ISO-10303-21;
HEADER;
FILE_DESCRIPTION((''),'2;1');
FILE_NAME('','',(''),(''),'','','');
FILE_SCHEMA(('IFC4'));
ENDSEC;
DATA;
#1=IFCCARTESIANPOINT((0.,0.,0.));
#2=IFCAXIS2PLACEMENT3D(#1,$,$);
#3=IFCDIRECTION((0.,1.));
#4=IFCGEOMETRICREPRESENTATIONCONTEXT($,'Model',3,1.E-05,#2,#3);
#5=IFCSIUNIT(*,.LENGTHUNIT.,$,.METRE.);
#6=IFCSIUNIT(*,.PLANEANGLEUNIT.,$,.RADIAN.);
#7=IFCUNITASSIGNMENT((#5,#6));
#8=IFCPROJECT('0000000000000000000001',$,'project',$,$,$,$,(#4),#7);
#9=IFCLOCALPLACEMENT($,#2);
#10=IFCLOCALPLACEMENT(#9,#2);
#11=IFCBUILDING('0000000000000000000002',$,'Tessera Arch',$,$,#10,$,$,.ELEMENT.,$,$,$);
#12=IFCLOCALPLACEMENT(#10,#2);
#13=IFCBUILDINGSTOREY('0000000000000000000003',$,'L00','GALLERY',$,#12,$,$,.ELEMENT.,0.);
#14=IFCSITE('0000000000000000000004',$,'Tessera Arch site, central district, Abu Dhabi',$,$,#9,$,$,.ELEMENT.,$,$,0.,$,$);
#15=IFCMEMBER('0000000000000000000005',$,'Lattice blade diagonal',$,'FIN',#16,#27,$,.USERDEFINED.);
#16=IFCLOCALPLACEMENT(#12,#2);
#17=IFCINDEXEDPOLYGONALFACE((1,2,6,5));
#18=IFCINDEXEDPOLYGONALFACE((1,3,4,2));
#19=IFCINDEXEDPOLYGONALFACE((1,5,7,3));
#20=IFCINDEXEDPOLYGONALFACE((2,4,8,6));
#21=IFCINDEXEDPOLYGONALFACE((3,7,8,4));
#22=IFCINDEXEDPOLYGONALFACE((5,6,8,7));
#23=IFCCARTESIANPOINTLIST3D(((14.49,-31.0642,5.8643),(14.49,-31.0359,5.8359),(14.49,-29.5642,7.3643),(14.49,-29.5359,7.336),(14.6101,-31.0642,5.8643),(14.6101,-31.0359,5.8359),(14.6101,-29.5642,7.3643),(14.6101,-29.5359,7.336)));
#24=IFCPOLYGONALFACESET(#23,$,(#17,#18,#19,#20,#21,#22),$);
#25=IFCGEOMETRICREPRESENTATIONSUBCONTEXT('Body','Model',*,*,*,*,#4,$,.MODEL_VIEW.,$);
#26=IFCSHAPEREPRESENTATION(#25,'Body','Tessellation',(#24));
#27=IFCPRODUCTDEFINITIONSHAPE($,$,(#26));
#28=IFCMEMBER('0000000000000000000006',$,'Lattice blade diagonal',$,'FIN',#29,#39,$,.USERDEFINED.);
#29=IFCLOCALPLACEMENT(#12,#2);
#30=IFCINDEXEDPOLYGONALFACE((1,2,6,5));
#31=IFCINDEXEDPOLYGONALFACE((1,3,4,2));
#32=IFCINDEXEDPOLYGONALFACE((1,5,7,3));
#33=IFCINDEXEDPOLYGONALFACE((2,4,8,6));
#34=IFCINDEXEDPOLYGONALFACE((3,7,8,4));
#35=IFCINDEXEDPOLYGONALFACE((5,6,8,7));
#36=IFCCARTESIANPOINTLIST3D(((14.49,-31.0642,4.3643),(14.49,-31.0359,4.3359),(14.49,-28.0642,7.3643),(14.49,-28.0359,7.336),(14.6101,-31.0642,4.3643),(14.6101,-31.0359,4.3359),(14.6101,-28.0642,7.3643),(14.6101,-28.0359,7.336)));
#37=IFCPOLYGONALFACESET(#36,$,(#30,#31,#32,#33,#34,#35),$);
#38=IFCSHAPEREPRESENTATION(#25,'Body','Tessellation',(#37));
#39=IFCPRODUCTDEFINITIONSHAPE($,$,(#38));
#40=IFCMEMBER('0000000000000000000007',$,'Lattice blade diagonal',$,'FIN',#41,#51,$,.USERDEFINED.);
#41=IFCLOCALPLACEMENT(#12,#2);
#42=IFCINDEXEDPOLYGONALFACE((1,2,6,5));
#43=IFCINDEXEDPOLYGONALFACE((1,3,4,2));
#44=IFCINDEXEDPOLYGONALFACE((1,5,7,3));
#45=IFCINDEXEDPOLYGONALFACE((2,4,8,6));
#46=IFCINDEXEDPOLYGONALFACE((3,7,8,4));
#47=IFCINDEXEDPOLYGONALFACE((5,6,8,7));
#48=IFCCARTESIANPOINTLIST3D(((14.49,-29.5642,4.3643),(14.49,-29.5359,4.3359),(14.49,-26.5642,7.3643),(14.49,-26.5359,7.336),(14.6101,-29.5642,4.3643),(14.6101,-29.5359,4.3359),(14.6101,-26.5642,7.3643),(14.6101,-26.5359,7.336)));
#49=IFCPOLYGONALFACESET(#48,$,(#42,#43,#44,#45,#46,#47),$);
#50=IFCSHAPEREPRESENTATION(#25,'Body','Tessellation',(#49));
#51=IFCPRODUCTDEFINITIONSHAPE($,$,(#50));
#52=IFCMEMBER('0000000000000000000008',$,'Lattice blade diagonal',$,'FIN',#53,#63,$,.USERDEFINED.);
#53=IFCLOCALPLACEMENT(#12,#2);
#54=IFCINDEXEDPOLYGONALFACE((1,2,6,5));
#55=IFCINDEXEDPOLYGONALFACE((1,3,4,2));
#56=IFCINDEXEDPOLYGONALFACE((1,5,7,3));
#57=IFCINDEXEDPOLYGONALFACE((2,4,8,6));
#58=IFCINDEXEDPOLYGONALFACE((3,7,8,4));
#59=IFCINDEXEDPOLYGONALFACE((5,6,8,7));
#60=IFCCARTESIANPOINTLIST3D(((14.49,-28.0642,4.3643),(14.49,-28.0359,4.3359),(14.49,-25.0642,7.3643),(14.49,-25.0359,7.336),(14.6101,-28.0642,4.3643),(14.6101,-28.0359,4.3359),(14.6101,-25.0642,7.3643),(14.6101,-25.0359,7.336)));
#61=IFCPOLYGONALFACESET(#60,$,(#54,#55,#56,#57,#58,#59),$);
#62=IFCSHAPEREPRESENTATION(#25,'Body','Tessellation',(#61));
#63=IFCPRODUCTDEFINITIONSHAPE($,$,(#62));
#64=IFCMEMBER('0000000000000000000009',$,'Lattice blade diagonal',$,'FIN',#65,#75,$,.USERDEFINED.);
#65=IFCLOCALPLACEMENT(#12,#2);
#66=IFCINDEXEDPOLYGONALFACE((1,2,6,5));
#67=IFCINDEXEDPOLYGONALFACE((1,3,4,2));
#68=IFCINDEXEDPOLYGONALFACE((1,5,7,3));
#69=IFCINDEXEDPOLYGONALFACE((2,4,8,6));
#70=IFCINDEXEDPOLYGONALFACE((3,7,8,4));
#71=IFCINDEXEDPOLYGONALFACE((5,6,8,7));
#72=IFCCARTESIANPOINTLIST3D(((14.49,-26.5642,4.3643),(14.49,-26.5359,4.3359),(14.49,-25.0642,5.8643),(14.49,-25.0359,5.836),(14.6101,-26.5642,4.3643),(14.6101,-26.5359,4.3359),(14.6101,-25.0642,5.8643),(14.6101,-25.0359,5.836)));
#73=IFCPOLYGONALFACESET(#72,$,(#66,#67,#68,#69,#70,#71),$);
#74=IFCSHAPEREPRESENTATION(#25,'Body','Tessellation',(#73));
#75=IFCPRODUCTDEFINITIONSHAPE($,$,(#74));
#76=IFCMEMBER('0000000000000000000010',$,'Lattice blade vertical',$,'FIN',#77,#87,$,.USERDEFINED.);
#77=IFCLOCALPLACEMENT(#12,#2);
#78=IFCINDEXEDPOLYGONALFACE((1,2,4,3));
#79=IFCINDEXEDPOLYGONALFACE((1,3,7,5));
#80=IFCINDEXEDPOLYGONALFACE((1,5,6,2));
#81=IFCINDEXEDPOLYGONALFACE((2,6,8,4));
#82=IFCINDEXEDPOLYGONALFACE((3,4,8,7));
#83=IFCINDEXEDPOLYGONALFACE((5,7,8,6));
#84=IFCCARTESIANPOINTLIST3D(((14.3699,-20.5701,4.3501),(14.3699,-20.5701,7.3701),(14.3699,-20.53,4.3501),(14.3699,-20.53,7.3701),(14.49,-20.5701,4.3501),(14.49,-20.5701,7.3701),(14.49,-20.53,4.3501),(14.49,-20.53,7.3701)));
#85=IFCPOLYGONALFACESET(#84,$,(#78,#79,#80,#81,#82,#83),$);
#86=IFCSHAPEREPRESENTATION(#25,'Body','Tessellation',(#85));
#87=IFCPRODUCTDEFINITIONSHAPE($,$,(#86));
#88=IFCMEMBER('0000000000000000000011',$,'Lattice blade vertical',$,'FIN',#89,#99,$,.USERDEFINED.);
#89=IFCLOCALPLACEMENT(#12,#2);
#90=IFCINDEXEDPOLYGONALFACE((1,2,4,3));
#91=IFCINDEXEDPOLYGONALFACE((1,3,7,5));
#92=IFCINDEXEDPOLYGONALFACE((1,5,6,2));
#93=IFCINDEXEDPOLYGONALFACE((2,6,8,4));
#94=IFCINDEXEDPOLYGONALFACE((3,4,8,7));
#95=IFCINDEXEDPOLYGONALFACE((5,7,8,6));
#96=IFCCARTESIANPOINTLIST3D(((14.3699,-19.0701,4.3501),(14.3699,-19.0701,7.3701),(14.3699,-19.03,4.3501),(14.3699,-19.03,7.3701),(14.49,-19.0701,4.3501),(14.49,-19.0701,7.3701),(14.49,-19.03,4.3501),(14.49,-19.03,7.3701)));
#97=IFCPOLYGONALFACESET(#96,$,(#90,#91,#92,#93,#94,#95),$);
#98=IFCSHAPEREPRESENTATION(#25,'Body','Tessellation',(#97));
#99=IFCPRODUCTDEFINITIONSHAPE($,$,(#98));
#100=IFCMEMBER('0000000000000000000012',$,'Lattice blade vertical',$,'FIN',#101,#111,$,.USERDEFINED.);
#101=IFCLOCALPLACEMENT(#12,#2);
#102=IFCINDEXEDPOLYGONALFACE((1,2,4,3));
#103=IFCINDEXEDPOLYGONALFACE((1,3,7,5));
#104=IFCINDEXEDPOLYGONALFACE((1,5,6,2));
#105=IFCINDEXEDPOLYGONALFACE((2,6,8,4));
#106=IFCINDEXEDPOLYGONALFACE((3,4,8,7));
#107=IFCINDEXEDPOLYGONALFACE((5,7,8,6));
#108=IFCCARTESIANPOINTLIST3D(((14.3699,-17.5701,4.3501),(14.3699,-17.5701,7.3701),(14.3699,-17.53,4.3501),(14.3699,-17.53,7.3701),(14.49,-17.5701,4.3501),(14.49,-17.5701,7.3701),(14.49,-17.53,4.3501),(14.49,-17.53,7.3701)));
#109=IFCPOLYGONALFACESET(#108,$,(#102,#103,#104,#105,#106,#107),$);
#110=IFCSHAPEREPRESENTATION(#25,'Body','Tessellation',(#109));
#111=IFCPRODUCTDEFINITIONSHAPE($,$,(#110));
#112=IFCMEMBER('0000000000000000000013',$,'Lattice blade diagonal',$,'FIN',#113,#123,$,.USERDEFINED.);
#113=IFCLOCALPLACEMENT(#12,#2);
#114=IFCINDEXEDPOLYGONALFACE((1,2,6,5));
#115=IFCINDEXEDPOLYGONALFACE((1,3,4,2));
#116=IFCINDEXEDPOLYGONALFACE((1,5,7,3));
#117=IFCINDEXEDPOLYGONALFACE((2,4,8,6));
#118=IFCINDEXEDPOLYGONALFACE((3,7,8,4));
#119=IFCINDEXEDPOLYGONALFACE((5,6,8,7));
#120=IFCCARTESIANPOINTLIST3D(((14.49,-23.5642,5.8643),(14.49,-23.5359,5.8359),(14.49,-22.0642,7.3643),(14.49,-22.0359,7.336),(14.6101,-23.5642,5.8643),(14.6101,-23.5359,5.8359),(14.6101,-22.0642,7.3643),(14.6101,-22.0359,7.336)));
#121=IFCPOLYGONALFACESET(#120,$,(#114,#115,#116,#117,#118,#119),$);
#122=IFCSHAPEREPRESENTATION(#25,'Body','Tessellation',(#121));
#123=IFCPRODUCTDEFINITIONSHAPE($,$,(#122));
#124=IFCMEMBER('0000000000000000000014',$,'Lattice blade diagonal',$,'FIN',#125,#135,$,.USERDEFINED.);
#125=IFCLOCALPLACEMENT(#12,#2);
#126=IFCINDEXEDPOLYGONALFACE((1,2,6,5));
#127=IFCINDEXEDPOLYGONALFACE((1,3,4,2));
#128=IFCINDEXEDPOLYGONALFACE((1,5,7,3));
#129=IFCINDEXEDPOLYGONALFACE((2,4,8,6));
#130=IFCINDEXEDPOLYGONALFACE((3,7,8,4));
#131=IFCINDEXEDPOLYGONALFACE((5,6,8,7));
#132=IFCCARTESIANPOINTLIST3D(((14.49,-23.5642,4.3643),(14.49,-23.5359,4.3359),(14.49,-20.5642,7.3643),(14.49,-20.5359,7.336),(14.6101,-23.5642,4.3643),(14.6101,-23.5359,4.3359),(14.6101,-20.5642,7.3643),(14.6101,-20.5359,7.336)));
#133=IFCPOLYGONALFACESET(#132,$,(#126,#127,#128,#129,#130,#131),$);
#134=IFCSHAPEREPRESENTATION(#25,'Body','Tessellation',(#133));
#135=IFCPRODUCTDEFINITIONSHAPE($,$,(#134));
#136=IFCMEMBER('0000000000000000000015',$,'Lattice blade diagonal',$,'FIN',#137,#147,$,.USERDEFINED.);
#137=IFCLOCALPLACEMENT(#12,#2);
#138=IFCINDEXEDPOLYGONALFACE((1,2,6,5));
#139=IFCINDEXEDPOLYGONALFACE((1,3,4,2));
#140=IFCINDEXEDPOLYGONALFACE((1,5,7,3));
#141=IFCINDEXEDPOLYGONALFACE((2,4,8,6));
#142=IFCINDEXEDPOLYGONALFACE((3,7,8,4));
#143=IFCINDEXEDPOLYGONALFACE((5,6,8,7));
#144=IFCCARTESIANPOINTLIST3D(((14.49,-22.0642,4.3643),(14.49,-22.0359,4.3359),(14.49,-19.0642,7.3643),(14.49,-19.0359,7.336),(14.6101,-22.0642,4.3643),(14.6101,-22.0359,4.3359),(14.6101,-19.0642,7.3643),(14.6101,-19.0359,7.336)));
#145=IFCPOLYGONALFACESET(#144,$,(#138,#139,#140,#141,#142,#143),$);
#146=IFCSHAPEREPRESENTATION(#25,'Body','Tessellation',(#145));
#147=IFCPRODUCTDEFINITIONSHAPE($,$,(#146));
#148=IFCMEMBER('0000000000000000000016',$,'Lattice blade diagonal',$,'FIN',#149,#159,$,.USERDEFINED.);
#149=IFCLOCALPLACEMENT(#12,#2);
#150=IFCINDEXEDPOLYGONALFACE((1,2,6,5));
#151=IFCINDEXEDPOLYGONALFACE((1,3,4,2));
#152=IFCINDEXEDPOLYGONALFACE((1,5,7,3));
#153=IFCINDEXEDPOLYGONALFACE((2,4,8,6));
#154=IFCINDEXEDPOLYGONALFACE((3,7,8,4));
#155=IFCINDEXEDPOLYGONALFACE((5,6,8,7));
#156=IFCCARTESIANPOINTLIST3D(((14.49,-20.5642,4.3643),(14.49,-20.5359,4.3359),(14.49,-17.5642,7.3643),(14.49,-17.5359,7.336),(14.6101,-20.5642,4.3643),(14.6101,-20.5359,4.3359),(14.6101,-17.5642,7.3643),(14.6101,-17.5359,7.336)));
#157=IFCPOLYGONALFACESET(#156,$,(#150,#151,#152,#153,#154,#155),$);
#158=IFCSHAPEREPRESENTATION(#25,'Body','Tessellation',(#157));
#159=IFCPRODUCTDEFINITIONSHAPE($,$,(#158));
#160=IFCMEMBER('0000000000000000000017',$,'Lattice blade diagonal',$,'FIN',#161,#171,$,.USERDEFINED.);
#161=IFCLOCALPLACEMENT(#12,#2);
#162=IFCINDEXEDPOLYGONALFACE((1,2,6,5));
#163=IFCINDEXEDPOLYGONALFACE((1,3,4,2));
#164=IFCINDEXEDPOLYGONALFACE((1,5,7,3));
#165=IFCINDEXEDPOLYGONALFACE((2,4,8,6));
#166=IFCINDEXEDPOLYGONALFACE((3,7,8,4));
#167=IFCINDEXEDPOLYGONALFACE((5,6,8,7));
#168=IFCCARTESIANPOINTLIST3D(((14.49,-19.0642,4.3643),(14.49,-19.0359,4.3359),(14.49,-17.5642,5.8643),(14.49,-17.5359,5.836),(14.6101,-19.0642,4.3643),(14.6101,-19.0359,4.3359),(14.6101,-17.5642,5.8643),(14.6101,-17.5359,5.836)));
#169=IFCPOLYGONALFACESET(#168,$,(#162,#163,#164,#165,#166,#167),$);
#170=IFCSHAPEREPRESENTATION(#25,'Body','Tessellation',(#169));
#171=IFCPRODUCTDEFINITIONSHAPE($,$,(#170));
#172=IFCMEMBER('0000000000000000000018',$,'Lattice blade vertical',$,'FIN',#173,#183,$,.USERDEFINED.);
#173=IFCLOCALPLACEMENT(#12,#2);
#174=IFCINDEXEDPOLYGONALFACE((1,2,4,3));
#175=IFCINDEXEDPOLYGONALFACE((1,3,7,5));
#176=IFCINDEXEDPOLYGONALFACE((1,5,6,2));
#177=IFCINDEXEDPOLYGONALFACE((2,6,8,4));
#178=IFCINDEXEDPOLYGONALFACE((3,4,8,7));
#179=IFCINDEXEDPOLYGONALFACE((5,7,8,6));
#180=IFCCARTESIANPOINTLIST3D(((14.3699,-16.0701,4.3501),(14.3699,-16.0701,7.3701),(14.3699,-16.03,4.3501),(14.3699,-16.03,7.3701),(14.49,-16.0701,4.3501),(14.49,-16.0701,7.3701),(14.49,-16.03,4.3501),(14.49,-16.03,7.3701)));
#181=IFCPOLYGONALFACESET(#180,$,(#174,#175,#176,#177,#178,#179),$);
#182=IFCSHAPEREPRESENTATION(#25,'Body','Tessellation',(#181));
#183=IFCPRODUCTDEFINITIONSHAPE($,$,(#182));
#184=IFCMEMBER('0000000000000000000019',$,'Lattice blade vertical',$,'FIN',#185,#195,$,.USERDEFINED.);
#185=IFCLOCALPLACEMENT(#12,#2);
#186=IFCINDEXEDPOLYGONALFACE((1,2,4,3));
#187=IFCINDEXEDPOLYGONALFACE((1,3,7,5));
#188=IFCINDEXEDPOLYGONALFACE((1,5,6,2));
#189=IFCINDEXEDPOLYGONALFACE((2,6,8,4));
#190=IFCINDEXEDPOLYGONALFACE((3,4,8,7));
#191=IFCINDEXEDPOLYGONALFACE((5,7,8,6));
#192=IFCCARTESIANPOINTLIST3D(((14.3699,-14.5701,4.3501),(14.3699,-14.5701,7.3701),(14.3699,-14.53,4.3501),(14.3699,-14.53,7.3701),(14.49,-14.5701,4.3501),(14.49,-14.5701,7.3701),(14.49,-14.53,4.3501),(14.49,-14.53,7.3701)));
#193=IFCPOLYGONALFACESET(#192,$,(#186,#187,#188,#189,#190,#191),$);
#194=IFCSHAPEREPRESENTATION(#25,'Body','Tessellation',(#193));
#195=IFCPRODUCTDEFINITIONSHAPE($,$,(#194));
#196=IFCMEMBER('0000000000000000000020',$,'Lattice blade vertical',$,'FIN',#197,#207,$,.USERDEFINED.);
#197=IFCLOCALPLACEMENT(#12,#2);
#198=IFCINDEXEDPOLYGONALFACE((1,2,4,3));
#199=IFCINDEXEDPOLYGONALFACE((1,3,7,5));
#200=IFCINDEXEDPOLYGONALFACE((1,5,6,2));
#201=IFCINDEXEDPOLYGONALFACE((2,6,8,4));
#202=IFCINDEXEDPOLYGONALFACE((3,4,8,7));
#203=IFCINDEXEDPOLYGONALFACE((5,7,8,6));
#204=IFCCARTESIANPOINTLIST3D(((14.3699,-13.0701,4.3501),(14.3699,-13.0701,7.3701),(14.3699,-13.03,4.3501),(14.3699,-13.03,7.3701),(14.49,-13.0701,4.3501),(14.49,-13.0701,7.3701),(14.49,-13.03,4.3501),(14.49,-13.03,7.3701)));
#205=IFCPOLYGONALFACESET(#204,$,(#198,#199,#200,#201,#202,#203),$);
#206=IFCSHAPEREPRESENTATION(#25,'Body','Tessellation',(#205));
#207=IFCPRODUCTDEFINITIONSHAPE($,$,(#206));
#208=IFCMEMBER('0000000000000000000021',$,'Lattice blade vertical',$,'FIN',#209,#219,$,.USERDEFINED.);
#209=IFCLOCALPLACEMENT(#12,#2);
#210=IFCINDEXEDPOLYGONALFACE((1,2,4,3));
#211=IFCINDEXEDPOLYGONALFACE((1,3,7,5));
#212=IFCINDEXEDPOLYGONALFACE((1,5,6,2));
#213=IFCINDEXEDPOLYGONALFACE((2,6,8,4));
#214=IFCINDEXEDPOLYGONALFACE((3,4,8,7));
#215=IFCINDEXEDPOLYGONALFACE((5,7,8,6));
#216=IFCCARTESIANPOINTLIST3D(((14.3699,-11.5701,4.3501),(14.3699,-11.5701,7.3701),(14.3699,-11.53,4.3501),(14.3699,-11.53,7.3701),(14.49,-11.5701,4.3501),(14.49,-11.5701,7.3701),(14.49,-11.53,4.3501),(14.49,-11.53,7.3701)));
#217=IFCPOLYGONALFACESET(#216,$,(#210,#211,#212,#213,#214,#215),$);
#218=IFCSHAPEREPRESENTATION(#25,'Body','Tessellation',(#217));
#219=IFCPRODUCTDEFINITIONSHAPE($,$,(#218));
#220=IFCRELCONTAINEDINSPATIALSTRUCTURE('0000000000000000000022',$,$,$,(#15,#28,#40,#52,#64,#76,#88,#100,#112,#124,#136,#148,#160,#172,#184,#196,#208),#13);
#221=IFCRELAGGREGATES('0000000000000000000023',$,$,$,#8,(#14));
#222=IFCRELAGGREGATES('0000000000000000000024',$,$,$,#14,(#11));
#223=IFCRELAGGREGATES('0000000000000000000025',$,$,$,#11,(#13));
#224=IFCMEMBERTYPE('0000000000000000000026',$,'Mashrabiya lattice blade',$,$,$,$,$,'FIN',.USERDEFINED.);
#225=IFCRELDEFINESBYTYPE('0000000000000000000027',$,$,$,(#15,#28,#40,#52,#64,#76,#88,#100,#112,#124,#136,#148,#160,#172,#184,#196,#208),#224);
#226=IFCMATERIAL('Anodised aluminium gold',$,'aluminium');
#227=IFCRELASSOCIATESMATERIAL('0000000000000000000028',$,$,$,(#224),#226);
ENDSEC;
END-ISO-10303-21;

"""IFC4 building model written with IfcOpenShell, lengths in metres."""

from ifc_helpers import new_model, si_unit, direction, frame, origin, origin_2d, place, context, subcontext, project, spatial, rectangle, extrude, material, material_profile, profile_set, type_object, element, save


model = new_model("IFC4")

# Units and contexts
model_context = context("Model", 3, precision=1e-05, world=origin(), true_north=direction((0.0, 1.0)))
body_context = subcontext(model_context, "Body", "Model", "MODEL_VIEW")
ifc_project = project(units=[si_unit("LENGTHUNIT", "METRE"), si_unit("PLANEANGLEUNIT", "RADIAN")], contexts=[model_context])

# Site, building, storey
site_placement = place(None, origin())
site = spatial("IfcSite", under=ifc_project, at=site_placement, Name="Tessera Arch site, central district, Abu Dhabi", CompositionType="ELEMENT", RefElevation=0.0)
building_placement = place(site_placement, origin())
building = spatial("IfcBuilding", under=site, at=building_placement, Name="Tessera Arch", CompositionType="ELEMENT")
storey_placement = place(building_placement, origin())
storey = spatial("IfcBuildingStorey", under=building, at=storey_placement, Name="L00", Description="GALLERY", CompositionType="ELEMENT", Elevation=0.0)

# Members
ifc_material = material(Name="Anodised aluminium gold", Category="aluminium")
ifc_material_profile = material_profile(ifc_material, rectangle(XDim=0.1201, YDim=0.04, at=origin_2d()), Name="AL 40x120")
ifc_profile_set = profile_set([ifc_material_profile], Name="Anodised aluminium gold")
member_type = type_object("IfcMemberType", Name="Mashrabiya lattice blade", ElementType="FIN", PredefinedType="USERDEFINED", material=ifc_profile_set)
member_1_placement = place(storey_placement, frame((14.55, -31.05, 5.8501), z_axis=(0.0, 0.707107, 0.707107), x_axis=(-1.0, 0.0, 0.0)))
element("IfcMember", 1, at=member_1_placement, inside=storey, type_object=member_type, Name="Lattice blade diagonal", ObjectType="FIN", PredefinedType="USERDEFINED", context=body_context, shape_type="SweptSolid", body=[
    extrude(rectangle(XDim=0.1201, YDim=0.04, at=origin_2d()), origin(), (0.0, 0.0, 1.0), 2.1213),
])
for number, where, z_axis, x_axis, name in (
    (2, (14.55, -31.05, 4.3501), (0.0, 0.707107, 0.707107), (-1.0, 0.0, 0.0), "Lattice blade diagonal"),
    (3, (14.55, -29.55, 4.3501), (0.0, 0.707107, 0.707107), (-1.0, 0.0, 0.0), "Lattice blade diagonal"),
    (4, (14.55, -28.05, 4.3501), (0.0, 0.707107, 0.707107), (-1.0, 0.0, 0.0), "Lattice blade diagonal"),
):
    element("IfcMember", number, at=place(storey_placement, frame(where, z_axis=z_axis, x_axis=x_axis)), inside=storey, type_object=member_type, Name=name, ObjectType="FIN", PredefinedType="USERDEFINED", context=body_context, shape_type="SweptSolid", body=[
        extrude(rectangle(XDim=0.1201, YDim=0.04, at=origin_2d()), origin(), (0.0, 0.0, 1.0), 4.2427),
    ])
member_2_placement = place(storey_placement, frame((14.55, -26.55, 4.3501), z_axis=(0.0, 0.707107, 0.707107), x_axis=(-1.0, 0.0, 0.0)))
element("IfcMember", 5, at=member_2_placement, inside=storey, type_object=member_type, Name="Lattice blade diagonal", ObjectType="FIN", PredefinedType="USERDEFINED", context=body_context, shape_type="SweptSolid", body=[
    extrude(rectangle(XDim=0.1201, YDim=0.04, at=origin_2d()), origin(), (0.0, 0.0, 1.0), 2.1213),
])
for number, where, z_axis, x_axis, name in (
    (6, (14.4299, -20.55, 4.3501), (0.0, 0.0, 1.0), (1.0, 0.0, 0.0), "Lattice blade vertical"),
    (7, (14.4299, -19.05, 4.3501), (0.0, 0.0, 1.0), (1.0, 0.0, 0.0), "Lattice blade vertical"),
    (8, (14.4299, -17.55, 4.3501), (0.0, 0.0, 1.0), (1.0, 0.0, 0.0), "Lattice blade vertical"),
):
    element("IfcMember", number, at=place(storey_placement, frame(where, z_axis=z_axis, x_axis=x_axis)), inside=storey, type_object=member_type, Name=name, ObjectType="FIN", PredefinedType="USERDEFINED", context=body_context, shape_type="SweptSolid", body=[
        extrude(rectangle(XDim=0.1201, YDim=0.04, at=origin_2d()), origin(), (0.0, 0.0, 1.0), 3.02),
    ])
member_3_placement = place(storey_placement, frame((14.55, -23.55, 5.8501), z_axis=(0.0, 0.707107, 0.707107), x_axis=(-1.0, 0.0, 0.0)))
element("IfcMember", 9, at=member_3_placement, inside=storey, type_object=member_type, Name="Lattice blade diagonal", ObjectType="FIN", PredefinedType="USERDEFINED", context=body_context, shape_type="SweptSolid", body=[
    extrude(rectangle(XDim=0.1201, YDim=0.04, at=origin_2d()), origin(), (0.0, 0.0, 1.0), 2.1213),
])
for number, where, z_axis, x_axis, name in (
    (10, (14.55, -23.55, 4.3501), (0.0, 0.707107, 0.707107), (-1.0, 0.0, 0.0), "Lattice blade diagonal"),
    (11, (14.55, -22.05, 4.3501), (0.0, 0.707107, 0.707107), (-1.0, 0.0, 0.0), "Lattice blade diagonal"),
    (12, (14.55, -20.55, 4.3501), (0.0, 0.707107, 0.707107), (-1.0, 0.0, 0.0), "Lattice blade diagonal"),
):
    element("IfcMember", number, at=place(storey_placement, frame(where, z_axis=z_axis, x_axis=x_axis)), inside=storey, type_object=member_type, Name=name, ObjectType="FIN", PredefinedType="USERDEFINED", context=body_context, shape_type="SweptSolid", body=[
        extrude(rectangle(XDim=0.1201, YDim=0.04, at=origin_2d()), origin(), (0.0, 0.0, 1.0), 4.2427),
    ])
member_4_placement = place(storey_placement, frame((14.55, -19.05, 4.3501), z_axis=(0.0, 0.707107, 0.707107), x_axis=(-1.0, 0.0, 0.0)))
element("IfcMember", 13, at=member_4_placement, inside=storey, type_object=member_type, Name="Lattice blade diagonal", ObjectType="FIN", PredefinedType="USERDEFINED", context=body_context, shape_type="SweptSolid", body=[
    extrude(rectangle(XDim=0.1201, YDim=0.04, at=origin_2d()), origin(), (0.0, 0.0, 1.0), 2.1213),
])
for number, where, z_axis, x_axis, name in (
    (14, (14.4299, -16.05, 4.3501), (0.0, 0.0, 1.0), (1.0, 0.0, 0.0), "Lattice blade vertical"),
    (15, (14.4299, -14.55, 4.3501), (0.0, 0.0, 1.0), (1.0, 0.0, 0.0), "Lattice blade vertical"),
    (16, (14.4299, -13.05, 4.3501), (0.0, 0.0, 1.0), (1.0, 0.0, 0.0), "Lattice blade vertical"),
    (17, (14.4299, -11.55, 4.3501), (0.0, 0.0, 1.0), (1.0, 0.0, 0.0), "Lattice blade vertical"),
):
    element("IfcMember", number, at=place(storey_placement, frame(where, z_axis=z_axis, x_axis=x_axis)), inside=storey, type_object=member_type, Name=name, ObjectType="FIN", PredefinedType="USERDEFINED", context=body_context, shape_type="SweptSolid", body=[
        extrude(rectangle(XDim=0.1201, YDim=0.04, at=origin_2d()), origin(), (0.0, 0.0, 1.0), 3.02),
    ])

save(model, "model.ifc")
